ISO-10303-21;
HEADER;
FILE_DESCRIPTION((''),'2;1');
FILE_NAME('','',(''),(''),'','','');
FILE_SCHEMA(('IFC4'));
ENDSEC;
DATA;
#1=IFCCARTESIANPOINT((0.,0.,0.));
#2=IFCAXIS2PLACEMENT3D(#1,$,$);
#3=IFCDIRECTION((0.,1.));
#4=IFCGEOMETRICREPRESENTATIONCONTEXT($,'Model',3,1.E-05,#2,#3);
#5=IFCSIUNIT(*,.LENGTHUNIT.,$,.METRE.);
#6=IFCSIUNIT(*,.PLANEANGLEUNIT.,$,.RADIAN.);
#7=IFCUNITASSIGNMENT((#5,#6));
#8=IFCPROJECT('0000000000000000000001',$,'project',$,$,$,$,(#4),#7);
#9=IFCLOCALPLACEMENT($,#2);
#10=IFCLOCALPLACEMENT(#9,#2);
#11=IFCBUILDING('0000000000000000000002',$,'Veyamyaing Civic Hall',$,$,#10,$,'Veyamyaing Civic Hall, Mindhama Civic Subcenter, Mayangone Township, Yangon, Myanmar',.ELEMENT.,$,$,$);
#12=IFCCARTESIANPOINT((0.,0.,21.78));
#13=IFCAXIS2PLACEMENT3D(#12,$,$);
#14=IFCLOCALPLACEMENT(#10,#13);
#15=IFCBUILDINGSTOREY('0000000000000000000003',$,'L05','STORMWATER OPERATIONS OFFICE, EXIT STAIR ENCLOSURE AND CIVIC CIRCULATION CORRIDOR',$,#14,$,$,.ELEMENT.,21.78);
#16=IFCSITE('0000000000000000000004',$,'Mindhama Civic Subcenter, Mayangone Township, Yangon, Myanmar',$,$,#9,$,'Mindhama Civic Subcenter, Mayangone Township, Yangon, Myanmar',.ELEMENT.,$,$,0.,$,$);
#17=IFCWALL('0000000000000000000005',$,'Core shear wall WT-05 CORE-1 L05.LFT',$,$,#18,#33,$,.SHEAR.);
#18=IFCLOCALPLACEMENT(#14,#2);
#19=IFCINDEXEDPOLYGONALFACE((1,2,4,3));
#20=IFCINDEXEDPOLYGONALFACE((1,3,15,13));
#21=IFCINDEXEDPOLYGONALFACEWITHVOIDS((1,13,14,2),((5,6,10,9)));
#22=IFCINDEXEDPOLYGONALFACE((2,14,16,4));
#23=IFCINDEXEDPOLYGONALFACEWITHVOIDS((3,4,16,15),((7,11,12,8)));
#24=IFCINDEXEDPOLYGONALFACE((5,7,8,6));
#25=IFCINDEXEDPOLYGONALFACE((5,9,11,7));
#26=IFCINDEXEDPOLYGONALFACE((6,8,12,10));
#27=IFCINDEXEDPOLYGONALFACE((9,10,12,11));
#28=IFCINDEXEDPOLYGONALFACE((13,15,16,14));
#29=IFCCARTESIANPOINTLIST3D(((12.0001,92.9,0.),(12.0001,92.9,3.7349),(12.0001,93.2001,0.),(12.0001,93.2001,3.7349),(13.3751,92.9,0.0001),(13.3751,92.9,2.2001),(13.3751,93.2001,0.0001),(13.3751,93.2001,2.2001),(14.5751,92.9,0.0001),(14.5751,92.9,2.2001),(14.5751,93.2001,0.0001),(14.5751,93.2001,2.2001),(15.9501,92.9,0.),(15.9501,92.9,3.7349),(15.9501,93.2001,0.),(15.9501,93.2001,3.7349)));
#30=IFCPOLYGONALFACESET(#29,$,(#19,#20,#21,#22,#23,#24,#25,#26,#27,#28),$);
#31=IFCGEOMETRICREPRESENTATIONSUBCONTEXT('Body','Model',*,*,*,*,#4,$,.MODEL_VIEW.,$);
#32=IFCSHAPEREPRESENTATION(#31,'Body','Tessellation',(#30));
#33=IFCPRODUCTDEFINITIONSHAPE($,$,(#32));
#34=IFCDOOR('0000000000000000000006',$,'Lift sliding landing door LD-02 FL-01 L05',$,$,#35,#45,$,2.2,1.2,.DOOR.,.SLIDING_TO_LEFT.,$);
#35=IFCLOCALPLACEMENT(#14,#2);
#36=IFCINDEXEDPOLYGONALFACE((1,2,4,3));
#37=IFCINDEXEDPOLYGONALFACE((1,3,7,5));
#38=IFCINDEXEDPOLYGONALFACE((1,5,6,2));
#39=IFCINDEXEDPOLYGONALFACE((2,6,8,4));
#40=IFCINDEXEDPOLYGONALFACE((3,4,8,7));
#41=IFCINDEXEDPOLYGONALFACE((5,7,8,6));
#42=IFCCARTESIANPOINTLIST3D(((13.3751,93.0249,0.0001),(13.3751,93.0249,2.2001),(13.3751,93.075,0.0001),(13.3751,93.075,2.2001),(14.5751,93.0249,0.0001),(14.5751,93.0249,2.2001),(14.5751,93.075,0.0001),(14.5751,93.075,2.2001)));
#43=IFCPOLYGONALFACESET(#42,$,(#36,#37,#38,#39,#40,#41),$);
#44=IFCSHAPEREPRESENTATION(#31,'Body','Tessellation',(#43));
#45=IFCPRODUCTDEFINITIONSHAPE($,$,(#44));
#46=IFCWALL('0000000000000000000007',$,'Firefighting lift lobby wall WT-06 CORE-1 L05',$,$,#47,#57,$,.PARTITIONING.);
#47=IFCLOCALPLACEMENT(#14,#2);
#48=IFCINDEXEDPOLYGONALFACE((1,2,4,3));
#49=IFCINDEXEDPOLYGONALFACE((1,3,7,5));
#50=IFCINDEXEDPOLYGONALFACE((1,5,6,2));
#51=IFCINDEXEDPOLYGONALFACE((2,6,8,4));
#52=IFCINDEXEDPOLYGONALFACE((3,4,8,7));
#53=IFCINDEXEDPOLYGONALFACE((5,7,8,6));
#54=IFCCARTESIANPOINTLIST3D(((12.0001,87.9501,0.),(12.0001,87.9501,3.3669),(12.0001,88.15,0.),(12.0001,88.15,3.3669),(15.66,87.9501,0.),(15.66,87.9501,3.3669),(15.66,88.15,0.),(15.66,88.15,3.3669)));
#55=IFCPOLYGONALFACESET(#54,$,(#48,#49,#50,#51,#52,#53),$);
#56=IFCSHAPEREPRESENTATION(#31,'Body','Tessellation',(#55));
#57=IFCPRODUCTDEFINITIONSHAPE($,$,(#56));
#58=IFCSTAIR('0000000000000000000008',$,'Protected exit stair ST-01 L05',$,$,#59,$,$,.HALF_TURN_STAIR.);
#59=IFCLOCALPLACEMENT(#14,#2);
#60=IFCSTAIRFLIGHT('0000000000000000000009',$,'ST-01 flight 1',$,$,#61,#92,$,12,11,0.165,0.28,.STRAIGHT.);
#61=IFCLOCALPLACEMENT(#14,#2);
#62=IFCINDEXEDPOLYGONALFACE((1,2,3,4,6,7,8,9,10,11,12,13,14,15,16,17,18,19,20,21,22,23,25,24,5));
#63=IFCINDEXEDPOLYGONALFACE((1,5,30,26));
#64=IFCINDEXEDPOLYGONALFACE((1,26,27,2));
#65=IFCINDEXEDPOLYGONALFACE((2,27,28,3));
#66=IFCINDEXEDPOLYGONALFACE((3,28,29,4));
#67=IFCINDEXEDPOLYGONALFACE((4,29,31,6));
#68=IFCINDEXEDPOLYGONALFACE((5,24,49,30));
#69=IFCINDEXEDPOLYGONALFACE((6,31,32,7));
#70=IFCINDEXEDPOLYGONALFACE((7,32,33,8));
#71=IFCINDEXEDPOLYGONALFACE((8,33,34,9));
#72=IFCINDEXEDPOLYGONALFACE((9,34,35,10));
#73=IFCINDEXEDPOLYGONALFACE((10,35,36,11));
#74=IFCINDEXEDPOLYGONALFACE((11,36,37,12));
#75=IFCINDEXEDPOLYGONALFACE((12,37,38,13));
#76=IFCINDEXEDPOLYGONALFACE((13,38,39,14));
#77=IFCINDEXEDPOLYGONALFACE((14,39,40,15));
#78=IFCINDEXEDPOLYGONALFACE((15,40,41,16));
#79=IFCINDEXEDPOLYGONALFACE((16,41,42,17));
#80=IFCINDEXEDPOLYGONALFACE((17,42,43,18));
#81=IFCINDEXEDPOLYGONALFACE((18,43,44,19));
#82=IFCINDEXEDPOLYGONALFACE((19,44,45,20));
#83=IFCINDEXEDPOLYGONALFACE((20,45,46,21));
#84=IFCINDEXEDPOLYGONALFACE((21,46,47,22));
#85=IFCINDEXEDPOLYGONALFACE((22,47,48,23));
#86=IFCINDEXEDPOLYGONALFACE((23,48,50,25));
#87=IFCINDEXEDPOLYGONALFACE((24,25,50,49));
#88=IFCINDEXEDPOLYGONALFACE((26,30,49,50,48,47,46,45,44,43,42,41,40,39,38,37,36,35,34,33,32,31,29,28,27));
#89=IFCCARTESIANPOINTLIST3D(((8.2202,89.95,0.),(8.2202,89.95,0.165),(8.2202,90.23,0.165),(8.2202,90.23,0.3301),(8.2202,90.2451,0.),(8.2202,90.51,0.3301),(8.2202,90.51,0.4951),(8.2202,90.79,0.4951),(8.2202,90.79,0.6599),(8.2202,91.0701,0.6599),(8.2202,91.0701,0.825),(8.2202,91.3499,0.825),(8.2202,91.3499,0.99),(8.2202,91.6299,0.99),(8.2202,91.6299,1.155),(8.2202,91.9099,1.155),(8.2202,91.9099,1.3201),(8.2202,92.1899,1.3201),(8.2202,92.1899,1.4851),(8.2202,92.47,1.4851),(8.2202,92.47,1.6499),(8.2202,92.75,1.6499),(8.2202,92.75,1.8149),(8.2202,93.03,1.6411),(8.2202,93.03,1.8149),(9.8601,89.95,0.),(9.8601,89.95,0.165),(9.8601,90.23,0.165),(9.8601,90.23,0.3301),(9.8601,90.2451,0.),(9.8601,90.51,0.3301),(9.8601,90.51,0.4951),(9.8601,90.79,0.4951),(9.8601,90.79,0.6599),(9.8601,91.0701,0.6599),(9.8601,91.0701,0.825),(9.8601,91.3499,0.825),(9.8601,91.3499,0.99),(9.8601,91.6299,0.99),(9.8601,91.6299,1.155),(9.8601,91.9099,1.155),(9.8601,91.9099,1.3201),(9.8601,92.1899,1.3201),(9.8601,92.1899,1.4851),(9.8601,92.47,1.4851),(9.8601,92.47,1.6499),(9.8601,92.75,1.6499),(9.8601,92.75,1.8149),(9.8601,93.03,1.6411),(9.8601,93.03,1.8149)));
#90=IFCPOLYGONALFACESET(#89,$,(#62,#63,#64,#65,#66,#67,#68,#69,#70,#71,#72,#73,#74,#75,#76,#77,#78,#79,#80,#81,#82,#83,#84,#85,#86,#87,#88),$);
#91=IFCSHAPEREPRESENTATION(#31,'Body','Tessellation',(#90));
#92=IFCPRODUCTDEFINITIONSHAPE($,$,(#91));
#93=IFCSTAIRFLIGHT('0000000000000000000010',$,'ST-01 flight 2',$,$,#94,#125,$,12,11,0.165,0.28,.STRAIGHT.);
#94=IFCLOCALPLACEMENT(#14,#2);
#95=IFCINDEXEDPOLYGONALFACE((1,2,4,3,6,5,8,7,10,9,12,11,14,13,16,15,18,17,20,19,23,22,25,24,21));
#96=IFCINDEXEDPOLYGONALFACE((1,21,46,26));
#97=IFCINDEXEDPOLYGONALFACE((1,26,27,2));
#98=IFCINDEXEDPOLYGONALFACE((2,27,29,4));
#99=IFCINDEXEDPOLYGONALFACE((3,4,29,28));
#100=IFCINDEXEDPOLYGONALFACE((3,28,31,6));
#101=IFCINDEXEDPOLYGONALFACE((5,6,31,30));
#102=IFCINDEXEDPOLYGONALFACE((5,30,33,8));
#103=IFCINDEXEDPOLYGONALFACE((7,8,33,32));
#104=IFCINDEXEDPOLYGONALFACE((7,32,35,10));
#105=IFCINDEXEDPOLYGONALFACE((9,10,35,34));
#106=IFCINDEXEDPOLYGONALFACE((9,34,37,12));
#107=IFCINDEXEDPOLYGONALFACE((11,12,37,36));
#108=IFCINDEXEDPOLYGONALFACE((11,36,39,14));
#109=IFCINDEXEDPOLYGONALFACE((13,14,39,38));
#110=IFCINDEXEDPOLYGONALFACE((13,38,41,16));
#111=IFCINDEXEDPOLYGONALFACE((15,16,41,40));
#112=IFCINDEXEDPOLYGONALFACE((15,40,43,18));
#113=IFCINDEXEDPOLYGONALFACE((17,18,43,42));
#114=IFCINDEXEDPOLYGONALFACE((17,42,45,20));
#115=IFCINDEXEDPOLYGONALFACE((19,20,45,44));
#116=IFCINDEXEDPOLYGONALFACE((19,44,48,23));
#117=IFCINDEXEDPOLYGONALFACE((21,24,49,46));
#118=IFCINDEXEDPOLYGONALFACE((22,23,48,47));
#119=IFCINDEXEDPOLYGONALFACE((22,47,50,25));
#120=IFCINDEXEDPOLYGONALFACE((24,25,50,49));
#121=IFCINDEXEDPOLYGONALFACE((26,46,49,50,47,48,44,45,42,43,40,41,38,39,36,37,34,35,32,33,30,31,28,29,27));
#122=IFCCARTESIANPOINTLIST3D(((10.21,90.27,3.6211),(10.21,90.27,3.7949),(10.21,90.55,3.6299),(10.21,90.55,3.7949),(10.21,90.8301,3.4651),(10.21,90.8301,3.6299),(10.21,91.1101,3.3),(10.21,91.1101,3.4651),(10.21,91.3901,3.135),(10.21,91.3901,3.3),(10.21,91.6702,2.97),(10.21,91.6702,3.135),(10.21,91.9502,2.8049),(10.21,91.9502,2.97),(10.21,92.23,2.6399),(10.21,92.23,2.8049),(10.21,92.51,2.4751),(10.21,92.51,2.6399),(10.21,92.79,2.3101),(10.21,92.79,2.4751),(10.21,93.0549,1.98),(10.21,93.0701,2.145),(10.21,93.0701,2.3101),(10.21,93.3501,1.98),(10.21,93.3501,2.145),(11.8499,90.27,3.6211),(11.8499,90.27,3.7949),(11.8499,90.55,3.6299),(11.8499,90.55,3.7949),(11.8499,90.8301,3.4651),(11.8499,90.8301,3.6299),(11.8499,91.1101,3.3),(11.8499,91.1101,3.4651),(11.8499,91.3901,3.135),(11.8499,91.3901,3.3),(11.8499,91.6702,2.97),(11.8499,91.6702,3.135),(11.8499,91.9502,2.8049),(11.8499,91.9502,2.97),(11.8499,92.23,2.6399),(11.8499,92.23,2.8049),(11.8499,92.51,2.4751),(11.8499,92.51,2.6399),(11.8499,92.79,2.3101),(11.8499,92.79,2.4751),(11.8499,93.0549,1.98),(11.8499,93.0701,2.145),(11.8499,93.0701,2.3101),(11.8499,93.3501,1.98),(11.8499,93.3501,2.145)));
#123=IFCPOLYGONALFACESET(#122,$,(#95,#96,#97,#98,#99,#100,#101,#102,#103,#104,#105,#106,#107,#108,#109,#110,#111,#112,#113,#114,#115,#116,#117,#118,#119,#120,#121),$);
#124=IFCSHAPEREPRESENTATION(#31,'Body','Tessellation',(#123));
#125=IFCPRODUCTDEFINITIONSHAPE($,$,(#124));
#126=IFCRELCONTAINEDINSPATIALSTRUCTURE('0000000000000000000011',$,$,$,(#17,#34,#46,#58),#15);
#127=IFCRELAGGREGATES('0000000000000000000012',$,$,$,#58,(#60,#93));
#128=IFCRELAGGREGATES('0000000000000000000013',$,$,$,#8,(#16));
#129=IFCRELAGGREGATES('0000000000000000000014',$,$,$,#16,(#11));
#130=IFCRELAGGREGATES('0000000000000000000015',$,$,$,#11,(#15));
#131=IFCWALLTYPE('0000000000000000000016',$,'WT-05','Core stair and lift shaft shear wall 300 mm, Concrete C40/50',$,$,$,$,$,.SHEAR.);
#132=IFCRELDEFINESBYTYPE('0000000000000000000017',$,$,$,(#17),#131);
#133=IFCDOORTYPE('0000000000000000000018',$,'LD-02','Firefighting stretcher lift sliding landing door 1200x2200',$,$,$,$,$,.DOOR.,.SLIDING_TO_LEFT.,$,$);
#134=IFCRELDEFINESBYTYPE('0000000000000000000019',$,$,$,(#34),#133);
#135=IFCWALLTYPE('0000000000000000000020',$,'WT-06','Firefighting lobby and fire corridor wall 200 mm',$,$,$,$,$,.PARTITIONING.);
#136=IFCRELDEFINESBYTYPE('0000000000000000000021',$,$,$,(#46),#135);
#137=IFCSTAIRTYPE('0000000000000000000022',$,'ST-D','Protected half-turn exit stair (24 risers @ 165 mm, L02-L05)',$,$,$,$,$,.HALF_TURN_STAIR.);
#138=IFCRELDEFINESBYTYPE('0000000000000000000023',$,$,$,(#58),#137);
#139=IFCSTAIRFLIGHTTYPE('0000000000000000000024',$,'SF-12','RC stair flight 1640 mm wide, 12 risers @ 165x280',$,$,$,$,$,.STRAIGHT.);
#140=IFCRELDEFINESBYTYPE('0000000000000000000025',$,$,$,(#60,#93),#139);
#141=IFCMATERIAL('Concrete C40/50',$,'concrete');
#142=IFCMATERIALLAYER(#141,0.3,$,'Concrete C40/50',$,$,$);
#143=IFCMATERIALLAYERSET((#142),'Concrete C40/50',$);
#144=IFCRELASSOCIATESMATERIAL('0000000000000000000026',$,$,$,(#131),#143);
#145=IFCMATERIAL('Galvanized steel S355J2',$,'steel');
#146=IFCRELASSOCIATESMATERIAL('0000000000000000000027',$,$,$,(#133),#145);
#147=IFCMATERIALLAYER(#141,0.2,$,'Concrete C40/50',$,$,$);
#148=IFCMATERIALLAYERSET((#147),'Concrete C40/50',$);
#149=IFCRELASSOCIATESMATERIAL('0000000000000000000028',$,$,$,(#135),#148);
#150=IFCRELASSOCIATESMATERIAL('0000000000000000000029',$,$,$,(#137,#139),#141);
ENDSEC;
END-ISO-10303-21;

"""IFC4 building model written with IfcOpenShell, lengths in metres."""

from ifc_helpers import new_model, si_unit, direction, frame, frame_2d, origin, place, context, subcontext, project, spatial, polyline, rectangle, outline, extrude, material, layer, layer_set, type_object, element, fill, aggregate, save


model = new_model("IFC4")

# Units and contexts
model_context = context("Model", 3, precision=1e-05, world=origin(), true_north=direction((0.0, 1.0)))
body_context = subcontext(model_context, "Body", "Model", "MODEL_VIEW")
ifc_project = project(units=[si_unit("LENGTHUNIT", "METRE"), si_unit("PLANEANGLEUNIT", "RADIAN")], contexts=[model_context])

# Site, building, storey
site_placement = place(None, origin())
site = spatial("IfcSite", under=ifc_project, at=site_placement, Name="Mindhama Civic Subcenter, Mayangone Township, Yangon, Myanmar", LongName="Mindhama Civic Subcenter, Mayangone Township, Yangon, Myanmar", CompositionType="ELEMENT", RefElevation=0.0)
building_placement = place(site_placement, origin())
building = spatial("IfcBuilding", under=site, at=building_placement, Name="Veyamyaing Civic Hall", LongName="Veyamyaing Civic Hall, Mindhama Civic Subcenter, Mayangone Township, Yangon, Myanmar", CompositionType="ELEMENT")
storey_placement = place(building_placement, frame((0.0, 0.0, 21.78)))
storey = spatial("IfcBuildingStorey", under=building, at=storey_placement, Name="L05", Description="STORMWATER OPERATIONS OFFICE, EXIT STAIR ENCLOSURE AND CIVIC CIRCULATION CORRIDOR", CompositionType="ELEMENT", Elevation=21.78)

# Shared definitions
ifc_material_1 = material(Name="Concrete C40/50", Category="concrete")
ifc_layer_1 = layer(ifc_material_1, 0.3, Name="Concrete C40/50")
ifc_layer_set_1 = layer_set([ifc_layer_1], Name="Concrete C40/50")
wall_type_1 = type_object("IfcWallType", Name="WT-05", Description="Core stair and lift shaft shear wall 300 mm, Concrete C40/50", PredefinedType="SHEAR", material=ifc_layer_set_1)

# Shared definitions
ifc_material_2 = material(Name="Galvanized steel S355J2", Category="steel")

# Wall, opening, door
wall_1_placement = place(storey_placement, frame((12.0, 93.05, 0.0), z_axis=(0.0, 0.0, 1.0), x_axis=(1.0, 0.0, 0.0)))
wall_1 = element("IfcWall", 1, at=wall_1_placement, inside=storey, type_object=wall_type_1, Name="Core shear wall WT-05 CORE-1 L05.LFT", PredefinedType="SHEAR", context=body_context, shape_type="SweptSolid", body=[
    extrude(rectangle(XDim=3.95, YDim=0.3, at=frame_2d((1.9751, 0.0))), origin(), (0.0, 0.0, 1.0), 3.7349),
])
opening_1_placement = place(wall_1_placement, frame((1.375, 0.0, 0.0)))
opening_1 = element("IfcOpeningElement", 2, at=opening_1_placement, cuts=wall_1, PredefinedType="OPENING", context=body_context, shape_type="SweptSolid", body=[
    extrude(rectangle(XDim=1.2, YDim=2.2, at=frame_2d((0.6001, 1.1001))), frame((0.0, 0.1599, 0.0), z_axis=(0.0, -1.0, 0.0), x_axis=(1.0, 0.0, 0.0)), (0.0, 0.0, 1.0), 0.3201),
])
door_type_1 = type_object("IfcDoorType", Name="LD-02", Description="Firefighting stretcher lift sliding landing door 1200x2200", OperationType="SLIDING_TO_LEFT", PredefinedType="DOOR", material=ifc_material_2)
door_1_placement = place(opening_1_placement, origin())
door_1 = element("IfcDoor", 3, at=door_1_placement, inside=storey, type_object=door_type_1, Name="Lift sliding landing door LD-02 FL-01 L05", OperationType="SLIDING_TO_LEFT", OverallHeight=2.2, OverallWidth=1.2, PredefinedType="DOOR", context=body_context, shape_type="SweptSolid", body=[
    extrude(rectangle(XDim=1.2, YDim=2.2, at=frame_2d((0.6001, 1.1001))), frame((0.0, 0.0249, 0.0), z_axis=(0.0, -1.0, 0.0), x_axis=(1.0, 0.0, 0.0)), (0.0, 0.0, 1.0), 0.05),
])
fill(opening_1, door_1)

# Wall
ifc_layer_2 = layer(ifc_material_1, 0.2, Name="Concrete C40/50")
ifc_layer_set_2 = layer_set([ifc_layer_2], Name="Concrete C40/50")
wall_type_2 = type_object("IfcWallType", Name="WT-06", Description="Firefighting lobby and fire corridor wall 200 mm", PredefinedType="PARTITIONING", material=ifc_layer_set_2)
wall_2_placement = place(storey_placement, frame((12.0, 88.05, 0.0), z_axis=(0.0, 0.0, 1.0), x_axis=(1.0, 0.0, 0.0)))
element("IfcWall", 4, at=wall_2_placement, inside=storey, type_object=wall_type_2, Name="Firefighting lift lobby wall WT-06 CORE-1 L05", PredefinedType="PARTITIONING", context=body_context, shape_type="SweptSolid", body=[
    extrude(rectangle(XDim=3.6599, YDim=0.2, at=frame_2d((1.8301, 0.0))), origin(), (0.0, 0.0, 1.0), 3.3669),
])

# Stair, stair flights
stair_type = type_object("IfcStairType", Name="ST-D", Description="Protected half-turn exit stair (24 risers @ 165 mm, L02-L05)", PredefinedType="HALF_TURN_STAIR", material=ifc_material_1)
stair_placement = place(storey_placement, origin())
stair = element("IfcStair", 5, at=stair_placement, inside=storey, type_object=stair_type, Name="Protected exit stair ST-01 L05", PredefinedType="HALF_TURN_STAIR")
stair_flight_type = type_object("IfcStairFlightType", Name="SF-12", Description="RC stair flight 1640 mm wide, 12 risers @ 165x280", PredefinedType="STRAIGHT", material=ifc_material_1)
stair_flight_1_placement = place(storey_placement, frame((9.04, 89.95, 0.0), z_axis=(0.0, 0.0, 1.0), x_axis=(0.0, 1.0, 0.0)))
stair_flight_1 = element("IfcStairFlight", 6, at=stair_flight_1_placement, type_object=stair_flight_type, Name="ST-01 flight 1", NumberOfRisers=12, NumberOfTreads=11, PredefinedType="STRAIGHT", RiserHeight=0.165, TreadLength=0.28, context=body_context, shape_type="SweptSolid", body=[
    extrude(outline(polyline([(0.0, 0.0), (0.0, 0.165), (0.28, 0.165), (0.28, 0.3301), (0.5601, 0.3301), (0.5601, 0.4951), (0.8401, 0.4951), (0.8401, 0.6599), (1.1201, 0.6599), (1.1201, 0.825), (1.3999, 0.825), (1.3999, 0.99), (1.6799, 0.99), (1.6799, 1.155), (1.96, 1.155), (1.96, 1.3201), (2.24, 1.3201), (2.24, 1.4851), (2.52, 1.4851), (2.52, 1.6499), (2.8, 1.6499), (2.8, 1.8149), (3.0801, 1.8149), (3.0801, 1.98), (3.0801, 1.6411), (0.2952, 0.0), (0.0, 0.0)])), frame((0.0, 0.8198, 0.0), z_axis=(0.0, -1.0, 0.0), x_axis=(1.0, 0.0, 0.0)), (0.0, 0.0, 1.0), 1.6399),
])
stair_flight_2_placement = place(storey_placement, frame((11.03, 93.3501, 1.98), z_axis=(0.0, 0.0, 1.0), x_axis=(0.0, -1.0, 0.0)))
stair_flight_2 = element("IfcStairFlight", 7, at=stair_flight_2_placement, type_object=stair_flight_type, Name="ST-01 flight 2", NumberOfRisers=12, NumberOfTreads=11, PredefinedType="STRAIGHT", RiserHeight=0.165, TreadLength=0.28, context=body_context, shape_type="SweptSolid", body=[
    extrude(outline(polyline([(0.0, 0.0), (0.0, 0.165), (0.28, 0.165), (0.28, 0.3301), (0.5601, 0.3301), (0.5601, 0.4951), (0.8401, 0.4951), (0.8401, 0.6599), (1.1201, 0.6599), (1.1201, 0.825), (1.3999, 0.825), (1.3999, 0.99), (1.6799, 0.99), (1.6799, 1.155), (1.96, 1.155), (1.96, 1.3201), (2.24, 1.3201), (2.24, 1.4851), (2.52, 1.4851), (2.52, 1.6499), (2.8, 1.6499), (2.8, 1.8149), (3.0801, 1.8149), (3.0801, 1.98), (3.0801, 1.6411), (0.2952, 0.0), (0.0, 0.0)])), frame((0.0, 0.8198, 0.0), z_axis=(0.0, -1.0, 0.0), x_axis=(1.0, 0.0, 0.0)), (0.0, 0.0, 1.0), 1.6399),
])
aggregate(stair, [stair_flight_1, stair_flight_2])

save(model, "model.ifc")
